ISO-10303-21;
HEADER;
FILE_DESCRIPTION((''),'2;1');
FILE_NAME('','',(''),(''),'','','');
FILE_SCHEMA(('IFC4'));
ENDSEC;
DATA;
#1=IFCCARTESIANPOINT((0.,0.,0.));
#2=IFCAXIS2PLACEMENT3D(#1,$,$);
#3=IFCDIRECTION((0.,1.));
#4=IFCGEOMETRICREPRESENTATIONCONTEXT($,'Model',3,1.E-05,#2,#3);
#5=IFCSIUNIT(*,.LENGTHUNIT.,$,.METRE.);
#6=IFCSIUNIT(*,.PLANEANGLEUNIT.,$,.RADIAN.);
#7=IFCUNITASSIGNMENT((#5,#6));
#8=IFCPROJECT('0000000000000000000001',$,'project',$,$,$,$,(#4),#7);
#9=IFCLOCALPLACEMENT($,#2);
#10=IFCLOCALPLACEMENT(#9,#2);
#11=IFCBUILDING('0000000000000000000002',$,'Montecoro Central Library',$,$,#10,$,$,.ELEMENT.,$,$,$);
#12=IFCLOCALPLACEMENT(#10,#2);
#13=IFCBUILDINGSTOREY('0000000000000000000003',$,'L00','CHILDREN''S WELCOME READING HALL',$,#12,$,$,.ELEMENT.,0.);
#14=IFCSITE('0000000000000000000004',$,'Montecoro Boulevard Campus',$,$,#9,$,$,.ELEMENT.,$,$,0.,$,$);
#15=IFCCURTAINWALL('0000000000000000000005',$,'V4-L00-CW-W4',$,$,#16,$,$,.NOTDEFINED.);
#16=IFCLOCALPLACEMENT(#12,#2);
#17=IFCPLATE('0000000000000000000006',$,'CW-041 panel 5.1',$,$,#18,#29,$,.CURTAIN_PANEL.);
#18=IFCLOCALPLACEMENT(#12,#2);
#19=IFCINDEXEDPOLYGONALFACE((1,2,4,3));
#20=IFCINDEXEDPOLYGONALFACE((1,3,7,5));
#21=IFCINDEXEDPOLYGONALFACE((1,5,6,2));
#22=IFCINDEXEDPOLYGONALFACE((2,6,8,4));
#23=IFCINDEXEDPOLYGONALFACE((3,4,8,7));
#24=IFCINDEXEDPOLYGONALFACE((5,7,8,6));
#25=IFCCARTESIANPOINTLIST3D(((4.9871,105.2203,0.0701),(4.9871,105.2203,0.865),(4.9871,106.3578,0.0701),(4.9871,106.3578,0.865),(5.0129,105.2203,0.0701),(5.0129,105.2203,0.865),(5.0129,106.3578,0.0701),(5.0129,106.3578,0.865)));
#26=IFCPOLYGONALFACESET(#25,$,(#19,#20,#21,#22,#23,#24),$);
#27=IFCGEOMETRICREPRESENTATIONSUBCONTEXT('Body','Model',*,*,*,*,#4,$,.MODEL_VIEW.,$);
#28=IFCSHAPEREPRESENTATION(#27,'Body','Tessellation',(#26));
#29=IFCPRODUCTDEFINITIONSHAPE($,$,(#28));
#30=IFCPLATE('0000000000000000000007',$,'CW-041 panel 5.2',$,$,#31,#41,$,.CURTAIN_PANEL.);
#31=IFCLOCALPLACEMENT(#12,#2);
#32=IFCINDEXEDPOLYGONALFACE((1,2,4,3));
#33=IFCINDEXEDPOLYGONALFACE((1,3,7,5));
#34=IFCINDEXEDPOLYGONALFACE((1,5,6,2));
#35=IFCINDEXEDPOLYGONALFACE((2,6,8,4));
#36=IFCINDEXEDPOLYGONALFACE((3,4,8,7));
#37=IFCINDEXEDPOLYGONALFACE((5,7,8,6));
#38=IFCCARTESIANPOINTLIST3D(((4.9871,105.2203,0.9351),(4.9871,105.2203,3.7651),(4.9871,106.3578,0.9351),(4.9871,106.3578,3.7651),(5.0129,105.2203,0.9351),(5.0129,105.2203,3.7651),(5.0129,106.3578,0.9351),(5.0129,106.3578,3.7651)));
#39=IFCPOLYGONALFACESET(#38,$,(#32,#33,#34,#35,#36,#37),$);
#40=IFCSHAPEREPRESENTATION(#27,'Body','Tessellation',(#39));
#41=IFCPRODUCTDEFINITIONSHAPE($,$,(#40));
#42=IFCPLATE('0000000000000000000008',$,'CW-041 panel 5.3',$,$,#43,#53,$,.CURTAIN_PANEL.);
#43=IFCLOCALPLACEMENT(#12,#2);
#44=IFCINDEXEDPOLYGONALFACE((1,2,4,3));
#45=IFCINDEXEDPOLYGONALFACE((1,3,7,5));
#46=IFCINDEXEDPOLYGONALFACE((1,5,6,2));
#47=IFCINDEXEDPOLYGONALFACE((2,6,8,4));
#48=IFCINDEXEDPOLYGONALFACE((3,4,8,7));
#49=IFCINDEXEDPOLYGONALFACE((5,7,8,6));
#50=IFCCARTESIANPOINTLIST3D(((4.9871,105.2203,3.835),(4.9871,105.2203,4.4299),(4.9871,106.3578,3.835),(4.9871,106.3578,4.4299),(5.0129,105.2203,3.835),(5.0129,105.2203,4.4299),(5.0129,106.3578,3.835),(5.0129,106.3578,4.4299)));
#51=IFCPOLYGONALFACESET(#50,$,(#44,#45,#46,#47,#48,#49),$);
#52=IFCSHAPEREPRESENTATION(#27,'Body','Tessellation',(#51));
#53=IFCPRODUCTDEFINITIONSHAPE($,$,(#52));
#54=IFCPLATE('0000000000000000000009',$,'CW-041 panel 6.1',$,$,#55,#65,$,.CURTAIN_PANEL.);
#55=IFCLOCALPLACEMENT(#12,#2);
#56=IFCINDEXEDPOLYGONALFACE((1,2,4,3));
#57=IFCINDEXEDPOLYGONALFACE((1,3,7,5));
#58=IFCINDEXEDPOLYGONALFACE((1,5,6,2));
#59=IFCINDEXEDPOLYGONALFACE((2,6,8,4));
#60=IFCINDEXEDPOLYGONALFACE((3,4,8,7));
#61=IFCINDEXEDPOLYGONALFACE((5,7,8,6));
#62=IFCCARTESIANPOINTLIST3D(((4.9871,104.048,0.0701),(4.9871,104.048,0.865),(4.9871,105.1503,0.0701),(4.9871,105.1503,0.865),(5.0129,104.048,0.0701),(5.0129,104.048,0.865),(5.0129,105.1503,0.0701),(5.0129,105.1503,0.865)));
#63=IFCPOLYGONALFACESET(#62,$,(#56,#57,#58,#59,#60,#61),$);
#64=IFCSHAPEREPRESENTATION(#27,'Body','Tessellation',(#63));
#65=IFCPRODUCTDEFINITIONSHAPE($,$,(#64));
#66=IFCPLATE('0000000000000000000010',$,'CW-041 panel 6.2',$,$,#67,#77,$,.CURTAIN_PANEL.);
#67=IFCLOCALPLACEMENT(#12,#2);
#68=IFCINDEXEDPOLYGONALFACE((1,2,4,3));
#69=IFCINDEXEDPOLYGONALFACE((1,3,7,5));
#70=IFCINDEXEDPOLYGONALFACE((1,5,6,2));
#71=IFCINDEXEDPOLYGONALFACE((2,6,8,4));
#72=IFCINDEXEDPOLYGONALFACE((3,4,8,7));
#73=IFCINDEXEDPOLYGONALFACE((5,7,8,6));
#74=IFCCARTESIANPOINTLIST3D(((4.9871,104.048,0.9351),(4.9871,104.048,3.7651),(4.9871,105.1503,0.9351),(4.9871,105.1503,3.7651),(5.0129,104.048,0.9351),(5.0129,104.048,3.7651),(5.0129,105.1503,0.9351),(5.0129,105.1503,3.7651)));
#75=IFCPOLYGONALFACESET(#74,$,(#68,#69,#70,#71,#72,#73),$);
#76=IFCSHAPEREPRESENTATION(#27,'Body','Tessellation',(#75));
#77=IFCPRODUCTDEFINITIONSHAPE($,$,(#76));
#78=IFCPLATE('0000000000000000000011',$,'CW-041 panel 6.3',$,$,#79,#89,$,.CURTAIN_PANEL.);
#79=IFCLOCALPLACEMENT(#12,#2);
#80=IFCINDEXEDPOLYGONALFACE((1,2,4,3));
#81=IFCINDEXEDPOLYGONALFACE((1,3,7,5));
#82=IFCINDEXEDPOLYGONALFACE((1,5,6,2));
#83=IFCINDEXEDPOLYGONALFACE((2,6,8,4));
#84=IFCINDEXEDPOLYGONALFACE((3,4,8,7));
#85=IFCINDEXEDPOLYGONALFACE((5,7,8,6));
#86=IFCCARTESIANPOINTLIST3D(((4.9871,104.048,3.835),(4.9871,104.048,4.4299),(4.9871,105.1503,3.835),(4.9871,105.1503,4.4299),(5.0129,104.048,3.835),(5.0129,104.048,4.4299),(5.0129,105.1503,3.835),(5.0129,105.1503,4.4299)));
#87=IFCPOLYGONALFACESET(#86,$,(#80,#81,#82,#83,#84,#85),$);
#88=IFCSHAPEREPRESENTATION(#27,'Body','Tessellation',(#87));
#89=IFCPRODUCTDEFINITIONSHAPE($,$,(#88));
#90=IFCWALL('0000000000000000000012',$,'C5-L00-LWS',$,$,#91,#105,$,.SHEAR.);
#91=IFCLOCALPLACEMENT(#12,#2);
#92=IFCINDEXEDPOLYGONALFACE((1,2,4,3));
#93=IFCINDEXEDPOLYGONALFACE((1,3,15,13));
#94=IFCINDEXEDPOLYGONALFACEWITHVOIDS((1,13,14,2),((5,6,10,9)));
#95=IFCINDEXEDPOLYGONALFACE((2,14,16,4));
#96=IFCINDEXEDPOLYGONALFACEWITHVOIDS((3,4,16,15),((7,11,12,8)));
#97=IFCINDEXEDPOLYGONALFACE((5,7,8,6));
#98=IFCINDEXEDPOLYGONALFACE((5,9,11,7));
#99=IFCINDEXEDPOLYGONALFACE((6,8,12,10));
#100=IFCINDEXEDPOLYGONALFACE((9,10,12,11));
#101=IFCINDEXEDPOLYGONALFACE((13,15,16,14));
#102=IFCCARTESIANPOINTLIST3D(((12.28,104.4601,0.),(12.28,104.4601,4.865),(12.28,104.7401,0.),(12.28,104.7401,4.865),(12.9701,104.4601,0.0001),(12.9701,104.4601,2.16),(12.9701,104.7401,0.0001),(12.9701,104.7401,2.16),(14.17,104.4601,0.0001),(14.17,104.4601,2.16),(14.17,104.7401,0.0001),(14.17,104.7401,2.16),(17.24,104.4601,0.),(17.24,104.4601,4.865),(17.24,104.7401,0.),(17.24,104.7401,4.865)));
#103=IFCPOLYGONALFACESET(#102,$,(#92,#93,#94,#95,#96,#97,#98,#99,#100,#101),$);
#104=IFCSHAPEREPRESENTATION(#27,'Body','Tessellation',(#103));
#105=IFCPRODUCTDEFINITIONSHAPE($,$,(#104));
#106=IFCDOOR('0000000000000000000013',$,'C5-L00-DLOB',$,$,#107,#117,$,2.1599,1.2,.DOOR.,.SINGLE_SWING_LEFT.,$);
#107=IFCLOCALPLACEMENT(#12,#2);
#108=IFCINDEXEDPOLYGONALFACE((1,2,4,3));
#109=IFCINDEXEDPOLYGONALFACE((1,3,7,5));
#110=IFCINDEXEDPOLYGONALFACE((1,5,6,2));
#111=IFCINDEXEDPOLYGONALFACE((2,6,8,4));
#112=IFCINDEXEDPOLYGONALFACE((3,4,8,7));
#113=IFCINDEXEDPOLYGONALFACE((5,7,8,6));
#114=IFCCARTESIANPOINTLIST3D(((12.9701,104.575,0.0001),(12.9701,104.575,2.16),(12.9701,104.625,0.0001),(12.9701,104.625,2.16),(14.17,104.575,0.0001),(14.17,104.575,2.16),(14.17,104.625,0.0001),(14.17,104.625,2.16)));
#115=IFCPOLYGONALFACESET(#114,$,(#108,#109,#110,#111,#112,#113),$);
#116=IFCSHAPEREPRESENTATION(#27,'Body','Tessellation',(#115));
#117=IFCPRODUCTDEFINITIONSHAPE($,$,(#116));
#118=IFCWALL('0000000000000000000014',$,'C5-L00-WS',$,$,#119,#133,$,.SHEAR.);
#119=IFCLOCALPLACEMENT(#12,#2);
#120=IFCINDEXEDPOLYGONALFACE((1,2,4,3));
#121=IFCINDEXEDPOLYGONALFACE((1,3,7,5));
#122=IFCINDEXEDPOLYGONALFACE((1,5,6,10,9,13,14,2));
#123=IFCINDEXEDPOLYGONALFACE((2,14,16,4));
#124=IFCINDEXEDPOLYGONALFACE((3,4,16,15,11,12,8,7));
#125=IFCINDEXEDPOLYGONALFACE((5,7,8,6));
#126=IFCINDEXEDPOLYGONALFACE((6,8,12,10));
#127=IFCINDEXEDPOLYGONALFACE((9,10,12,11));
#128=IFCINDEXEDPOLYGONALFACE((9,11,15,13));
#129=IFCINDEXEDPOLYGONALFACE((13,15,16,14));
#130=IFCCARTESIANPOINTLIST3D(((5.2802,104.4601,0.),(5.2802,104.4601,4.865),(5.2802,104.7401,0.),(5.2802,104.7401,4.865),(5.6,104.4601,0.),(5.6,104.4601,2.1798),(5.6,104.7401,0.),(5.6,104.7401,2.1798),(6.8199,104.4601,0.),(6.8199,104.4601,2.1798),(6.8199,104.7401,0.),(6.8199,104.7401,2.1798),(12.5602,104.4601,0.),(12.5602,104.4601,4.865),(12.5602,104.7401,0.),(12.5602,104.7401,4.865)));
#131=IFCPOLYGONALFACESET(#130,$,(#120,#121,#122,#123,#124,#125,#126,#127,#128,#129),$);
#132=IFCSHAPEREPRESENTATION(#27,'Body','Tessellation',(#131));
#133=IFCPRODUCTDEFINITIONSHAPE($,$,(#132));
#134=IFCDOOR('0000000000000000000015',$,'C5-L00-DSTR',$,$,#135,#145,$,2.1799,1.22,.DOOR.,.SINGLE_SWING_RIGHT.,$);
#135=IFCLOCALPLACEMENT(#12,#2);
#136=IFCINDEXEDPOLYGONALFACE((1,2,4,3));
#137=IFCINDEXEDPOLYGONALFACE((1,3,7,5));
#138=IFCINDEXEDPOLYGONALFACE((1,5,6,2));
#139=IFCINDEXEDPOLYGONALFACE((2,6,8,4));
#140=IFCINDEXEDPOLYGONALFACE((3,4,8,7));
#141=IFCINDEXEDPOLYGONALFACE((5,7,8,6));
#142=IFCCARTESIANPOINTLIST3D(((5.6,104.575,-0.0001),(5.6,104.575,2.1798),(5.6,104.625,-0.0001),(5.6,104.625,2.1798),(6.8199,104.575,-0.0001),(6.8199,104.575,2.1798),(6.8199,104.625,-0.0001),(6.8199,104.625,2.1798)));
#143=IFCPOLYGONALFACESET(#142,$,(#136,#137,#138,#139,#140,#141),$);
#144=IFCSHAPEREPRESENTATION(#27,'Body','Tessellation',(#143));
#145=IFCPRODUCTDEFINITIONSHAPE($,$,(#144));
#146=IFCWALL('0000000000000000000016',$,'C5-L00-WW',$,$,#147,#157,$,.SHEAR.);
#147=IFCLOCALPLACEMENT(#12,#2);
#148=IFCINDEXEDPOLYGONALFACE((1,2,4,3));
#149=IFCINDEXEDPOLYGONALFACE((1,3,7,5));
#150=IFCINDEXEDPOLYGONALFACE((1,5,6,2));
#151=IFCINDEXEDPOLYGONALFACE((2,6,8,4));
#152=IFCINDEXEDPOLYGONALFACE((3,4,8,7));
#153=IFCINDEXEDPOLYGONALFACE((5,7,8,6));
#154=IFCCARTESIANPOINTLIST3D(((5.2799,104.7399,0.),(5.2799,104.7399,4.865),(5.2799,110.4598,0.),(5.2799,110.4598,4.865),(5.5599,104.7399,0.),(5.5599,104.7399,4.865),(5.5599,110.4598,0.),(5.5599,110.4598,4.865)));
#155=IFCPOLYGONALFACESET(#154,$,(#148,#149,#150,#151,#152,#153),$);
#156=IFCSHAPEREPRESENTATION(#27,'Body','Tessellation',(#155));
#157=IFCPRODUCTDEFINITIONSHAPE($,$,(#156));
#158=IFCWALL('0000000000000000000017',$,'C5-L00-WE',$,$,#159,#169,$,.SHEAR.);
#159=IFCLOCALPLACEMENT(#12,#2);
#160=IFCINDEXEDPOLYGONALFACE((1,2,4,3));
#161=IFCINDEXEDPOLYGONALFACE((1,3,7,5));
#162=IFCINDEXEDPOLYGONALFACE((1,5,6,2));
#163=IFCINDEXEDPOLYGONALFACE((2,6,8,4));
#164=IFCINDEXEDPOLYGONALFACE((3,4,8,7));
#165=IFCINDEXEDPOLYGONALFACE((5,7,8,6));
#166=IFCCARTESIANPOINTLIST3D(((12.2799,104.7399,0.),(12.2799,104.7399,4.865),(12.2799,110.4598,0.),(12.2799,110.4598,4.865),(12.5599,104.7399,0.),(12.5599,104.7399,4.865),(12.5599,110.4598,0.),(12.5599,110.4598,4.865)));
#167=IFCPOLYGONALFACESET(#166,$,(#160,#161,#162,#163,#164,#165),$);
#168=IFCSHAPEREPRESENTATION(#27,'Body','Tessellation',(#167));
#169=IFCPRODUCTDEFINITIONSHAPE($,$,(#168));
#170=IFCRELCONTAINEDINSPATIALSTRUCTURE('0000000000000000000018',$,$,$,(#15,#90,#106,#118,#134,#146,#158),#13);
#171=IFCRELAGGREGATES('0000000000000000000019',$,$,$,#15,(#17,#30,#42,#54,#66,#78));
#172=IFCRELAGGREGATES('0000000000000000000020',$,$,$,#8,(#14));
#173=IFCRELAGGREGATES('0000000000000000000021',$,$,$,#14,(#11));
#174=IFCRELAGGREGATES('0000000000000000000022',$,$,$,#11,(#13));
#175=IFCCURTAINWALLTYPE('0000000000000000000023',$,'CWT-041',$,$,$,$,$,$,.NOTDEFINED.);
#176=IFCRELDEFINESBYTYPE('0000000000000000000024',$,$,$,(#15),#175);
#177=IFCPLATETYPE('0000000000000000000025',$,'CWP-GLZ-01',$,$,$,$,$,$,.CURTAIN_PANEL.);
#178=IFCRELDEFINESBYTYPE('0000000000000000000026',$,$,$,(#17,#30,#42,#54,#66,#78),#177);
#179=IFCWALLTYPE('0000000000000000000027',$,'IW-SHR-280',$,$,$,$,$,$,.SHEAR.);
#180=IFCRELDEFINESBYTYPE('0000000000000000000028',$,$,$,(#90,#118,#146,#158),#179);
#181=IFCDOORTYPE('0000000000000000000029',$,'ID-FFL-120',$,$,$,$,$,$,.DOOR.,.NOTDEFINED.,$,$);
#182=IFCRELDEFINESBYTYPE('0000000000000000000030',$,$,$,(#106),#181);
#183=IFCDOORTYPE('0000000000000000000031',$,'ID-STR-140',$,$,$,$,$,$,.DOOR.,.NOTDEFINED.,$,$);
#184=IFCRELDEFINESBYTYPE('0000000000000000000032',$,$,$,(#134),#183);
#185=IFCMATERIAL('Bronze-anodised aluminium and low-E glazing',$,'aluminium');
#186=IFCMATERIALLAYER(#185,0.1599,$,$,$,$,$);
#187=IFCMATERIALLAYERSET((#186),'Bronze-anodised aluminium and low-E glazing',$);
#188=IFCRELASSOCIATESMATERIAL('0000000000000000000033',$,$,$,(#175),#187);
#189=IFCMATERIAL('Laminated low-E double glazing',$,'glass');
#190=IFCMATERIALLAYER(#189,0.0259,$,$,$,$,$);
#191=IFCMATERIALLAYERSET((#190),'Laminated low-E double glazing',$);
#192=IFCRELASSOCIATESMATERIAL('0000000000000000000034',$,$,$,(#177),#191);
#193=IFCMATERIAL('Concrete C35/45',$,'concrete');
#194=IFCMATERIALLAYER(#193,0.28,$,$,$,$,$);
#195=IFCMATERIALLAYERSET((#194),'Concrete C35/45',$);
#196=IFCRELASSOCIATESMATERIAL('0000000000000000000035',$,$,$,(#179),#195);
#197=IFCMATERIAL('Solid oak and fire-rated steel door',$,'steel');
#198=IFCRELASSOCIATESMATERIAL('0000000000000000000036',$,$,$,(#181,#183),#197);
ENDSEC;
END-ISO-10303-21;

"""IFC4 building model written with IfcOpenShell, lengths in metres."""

from ifc_helpers import new_model, si_unit, direction, frame, frame_2d, origin, origin_2d, place, context, subcontext, project, spatial, rectangle, extrude, material, layer, layer_set, type_object, element, fill, aggregate, save


model = new_model("IFC4")

# Units and contexts
model_context = context("Model", 3, precision=1e-05, world=origin(), true_north=direction((0.0, 1.0)))
body_context = subcontext(model_context, "Body", "Model", "MODEL_VIEW")
ifc_project = project(units=[si_unit("LENGTHUNIT", "METRE"), si_unit("PLANEANGLEUNIT", "RADIAN")], contexts=[model_context])

# Site, building, storey
site_placement = place(None, origin())
site = spatial("IfcSite", under=ifc_project, at=site_placement, Name="Montecoro Boulevard Campus", CompositionType="ELEMENT", RefElevation=0.0)
building_placement = place(site_placement, origin())
building = spatial("IfcBuilding", under=site, at=building_placement, Name="Montecoro Central Library", CompositionType="ELEMENT")
storey_placement = place(building_placement, origin())
storey = spatial("IfcBuildingStorey", under=building, at=storey_placement, Name="L00", Description="CHILDREN'S WELCOME READING HALL", CompositionType="ELEMENT", Elevation=0.0)

# Shared definitions
ifc_material_1 = material(Name="Concrete C35/45", Category="concrete")

# Curtain wall, plates
ifc_material_2 = material(Name="Bronze-anodised aluminium and low-E glazing", Category="aluminium")
ifc_layer_1 = layer(ifc_material_2, 0.1599)
ifc_layer_set_1 = layer_set([ifc_layer_1], Name="Bronze-anodised aluminium and low-E glazing")
curtain_wall_type = type_object("IfcCurtainWallType", Name="CWT-041", PredefinedType="NOTDEFINED", material=ifc_layer_set_1)
curtain_wall_placement = place(storey_placement, origin())
curtain_wall = element("IfcCurtainWall", 1, at=curtain_wall_placement, inside=storey, type_object=curtain_wall_type, Name="V4-L00-CW-W4", PredefinedType="NOTDEFINED")
ifc_material_3 = material(Name="Laminated low-E double glazing", Category="glass")
ifc_layer_2 = layer(ifc_material_3, 0.0259)
ifc_layer_set_2 = layer_set([ifc_layer_2], Name="Laminated low-E double glazing")
plate_type = type_object("IfcPlateType", Name="CWP-GLZ-01", PredefinedType="CURTAIN_PANEL", material=ifc_layer_set_2)
plate_1_placement = place(storey_placement, frame((5.0, 105.7891, 0.0701), z_axis=(0.0, 0.0, 1.0), x_axis=(0.0, -1.0, 0.0)))
plate_1 = element("IfcPlate", 2, at=plate_1_placement, type_object=plate_type, Name="CW-041 panel 5.1", PredefinedType="CURTAIN_PANEL", context=body_context, shape_type="SweptSolid", body=[
    extrude(rectangle(XDim=1.1375, YDim=0.0259, at=origin_2d()), origin(), (0.0, 0.0, 1.0), 0.7949),
])
plate_2_placement = place(storey_placement, frame((5.0, 105.7891, 0.9351), z_axis=(0.0, 0.0, 1.0), x_axis=(0.0, -1.0, 0.0)))
plate_2 = element("IfcPlate", 3, at=plate_2_placement, type_object=plate_type, Name="CW-041 panel 5.2", PredefinedType="CURTAIN_PANEL", context=body_context, shape_type="SweptSolid", body=[
    extrude(rectangle(XDim=1.1375, YDim=0.0259, at=origin_2d()), origin(), (0.0, 0.0, 1.0), 2.8301),
])
plate_3_placement = place(storey_placement, frame((5.0, 105.7891, 3.835), z_axis=(0.0, 0.0, 1.0), x_axis=(0.0, -1.0, 0.0)))
plate_3 = element("IfcPlate", 4, at=plate_3_placement, type_object=plate_type, Name="CW-041 panel 5.3", PredefinedType="CURTAIN_PANEL", context=body_context, shape_type="SweptSolid", body=[
    extrude(rectangle(XDim=1.1375, YDim=0.0259, at=origin_2d()), origin(), (0.0, 0.0, 1.0), 0.595),
])
plate_4_placement = place(storey_placement, frame((5.0, 104.5991, 0.0701), z_axis=(0.0, 0.0, 1.0), x_axis=(0.0, -1.0, 0.0)))
plate_4 = element("IfcPlate", 5, at=plate_4_placement, type_object=plate_type, Name="CW-041 panel 6.1", PredefinedType="CURTAIN_PANEL", context=body_context, shape_type="SweptSolid", body=[
    extrude(rectangle(XDim=1.1023, YDim=0.0259, at=origin_2d()), origin(), (0.0, 0.0, 1.0), 0.7949),
])
plate_5_placement = place(storey_placement, frame((5.0, 104.5991, 0.9351), z_axis=(0.0, 0.0, 1.0), x_axis=(0.0, -1.0, 0.0)))
plate_5 = element("IfcPlate", 6, at=plate_5_placement, type_object=plate_type, Name="CW-041 panel 6.2", PredefinedType="CURTAIN_PANEL", context=body_context, shape_type="SweptSolid", body=[
    extrude(rectangle(XDim=1.1023, YDim=0.0259, at=origin_2d()), origin(), (0.0, 0.0, 1.0), 2.8301),
])
plate_6_placement = place(storey_placement, frame((5.0, 104.5991, 3.835), z_axis=(0.0, 0.0, 1.0), x_axis=(0.0, -1.0, 0.0)))
plate_6 = element("IfcPlate", 7, at=plate_6_placement, type_object=plate_type, Name="CW-041 panel 6.3", PredefinedType="CURTAIN_PANEL", context=body_context, shape_type="SweptSolid", body=[
    extrude(rectangle(XDim=1.1023, YDim=0.0259, at=origin_2d()), origin(), (0.0, 0.0, 1.0), 0.595),
])
aggregate(curtain_wall, [plate_1, plate_2, plate_3, plate_4, plate_5, plate_6])

# Walls, openings, doors
ifc_layer_3 = layer(ifc_material_1, 0.28)
ifc_layer_set_3 = layer_set([ifc_layer_3], Name="Concrete C35/45")
wall_type = type_object("IfcWallType", Name="IW-SHR-280", PredefinedType="SHEAR", material=ifc_layer_set_3)
wall_1_placement = place(storey_placement, frame((12.28, 104.6001, 0.0), z_axis=(0.0, 0.0, 1.0), x_axis=(1.0, 0.0, 0.0)))
wall_1 = element("IfcWall", 8, at=wall_1_placement, inside=storey, type_object=wall_type, Name="C5-L00-LWS", PredefinedType="SHEAR", context=body_context, shape_type="SweptSolid", body=[
    extrude(rectangle(XDim=4.96, YDim=0.28, at=frame_2d((2.48, 0.0))), origin(), (0.0, 0.0, 1.0), 4.865),
])
opening_1_placement = place(wall_1_placement, frame((0.6899, 0.0, 0.0)))
opening_1 = element("IfcOpeningElement", 9, at=opening_1_placement, cuts=wall_1, PredefinedType="OPENING", context=body_context, shape_type="SweptSolid", body=[
    extrude(rectangle(XDim=1.2, YDim=2.1599, at=frame_2d((0.6001, 1.0801))), frame((0.0, 0.1499, 0.0), z_axis=(0.0, -1.0, 0.0), x_axis=(1.0, 0.0, 0.0)), (0.0, 0.0, 1.0), 0.3),
])
ifc_material_4 = material(Name="Solid oak and fire-rated steel door", Category="steel")
door_type_1 = type_object("IfcDoorType", Name="ID-FFL-120", OperationType="NOTDEFINED", PredefinedType="DOOR", material=ifc_material_4)
door_1_placement = place(opening_1_placement, origin())
door_1 = element("IfcDoor", 10, at=door_1_placement, inside=storey, type_object=door_type_1, Name="C5-L00-DLOB", OperationType="SINGLE_SWING_LEFT", OverallHeight=2.1599, OverallWidth=1.2, PredefinedType="DOOR", context=body_context, shape_type="SweptSolid", body=[
    extrude(rectangle(XDim=1.2, YDim=2.1599, at=frame_2d((0.6001, 1.0801))), frame((0.0, 0.0249, 0.0), z_axis=(0.0, -1.0, 0.0), x_axis=(1.0, 0.0, 0.0)), (0.0, 0.0, 1.0), 0.05),
])
fill(opening_1, door_1)
wall_2_placement = place(storey_placement, frame((5.28, 104.6001, 0.0), z_axis=(0.0, 0.0, 1.0), x_axis=(1.0, 0.0, 0.0)))
wall_2 = element("IfcWall", 11, at=wall_2_placement, inside=storey, type_object=wall_type, Name="C5-L00-WS", PredefinedType="SHEAR", context=body_context, shape_type="SweptSolid", body=[
    extrude(rectangle(XDim=7.28, YDim=0.28, at=frame_2d((3.6401, 0.0))), origin(), (0.0, 0.0, 1.0), 4.865),
])
opening_2_placement = place(wall_2_placement, frame((0.3201, 0.0, 0.0)))
opening_2 = element("IfcOpeningElement", 12, at=opening_2_placement, cuts=wall_2, PredefinedType="OPENING", context=body_context, shape_type="SweptSolid", body=[
    extrude(rectangle(XDim=1.22, YDim=2.1799, at=frame_2d((0.6099, 1.0898))), frame((0.0, 0.1499, 0.0), z_axis=(0.0, -1.0, 0.0), x_axis=(1.0, 0.0, 0.0)), (0.0, 0.0, 1.0), 0.3),
])
door_type_2 = type_object("IfcDoorType", Name="ID-STR-140", OperationType="NOTDEFINED", PredefinedType="DOOR", material=ifc_material_4)
door_2_placement = place(opening_2_placement, origin())
door_2 = element("IfcDoor", 13, at=door_2_placement, inside=storey, type_object=door_type_2, Name="C5-L00-DSTR", OperationType="SINGLE_SWING_RIGHT", OverallHeight=2.1799, OverallWidth=1.22, PredefinedType="DOOR", context=body_context, shape_type="SweptSolid", body=[
    extrude(rectangle(XDim=1.22, YDim=2.1799, at=frame_2d((0.6099, 1.0898))), frame((0.0, 0.0249, 0.0), z_axis=(0.0, -1.0, 0.0), x_axis=(1.0, 0.0, 0.0)), (0.0, 0.0, 1.0), 0.05),
])
fill(opening_2, door_2)

# Walls
for number, where, z_axis, x_axis, name in (
    (14, (5.4199, 104.74, 0.0), (0.0, 0.0, 1.0), (0.0, 1.0, 0.0), "C5-L00-WW"),
    (15, (12.4199, 104.74, 0.0), (0.0, 0.0, 1.0), (0.0, 1.0, 0.0), "C5-L00-WE"),
):
    element("IfcWall", number, at=place(storey_placement, frame(where, z_axis=z_axis, x_axis=x_axis)), inside=storey, type_object=wall_type, Name=name, PredefinedType="SHEAR", context=body_context, shape_type="SweptSolid", body=[
        extrude(rectangle(XDim=5.72, YDim=0.28, at=frame_2d((2.8599, 0.0))), origin(), (0.0, 0.0, 1.0), 4.865),
    ])

save(model, "model.ifc")
